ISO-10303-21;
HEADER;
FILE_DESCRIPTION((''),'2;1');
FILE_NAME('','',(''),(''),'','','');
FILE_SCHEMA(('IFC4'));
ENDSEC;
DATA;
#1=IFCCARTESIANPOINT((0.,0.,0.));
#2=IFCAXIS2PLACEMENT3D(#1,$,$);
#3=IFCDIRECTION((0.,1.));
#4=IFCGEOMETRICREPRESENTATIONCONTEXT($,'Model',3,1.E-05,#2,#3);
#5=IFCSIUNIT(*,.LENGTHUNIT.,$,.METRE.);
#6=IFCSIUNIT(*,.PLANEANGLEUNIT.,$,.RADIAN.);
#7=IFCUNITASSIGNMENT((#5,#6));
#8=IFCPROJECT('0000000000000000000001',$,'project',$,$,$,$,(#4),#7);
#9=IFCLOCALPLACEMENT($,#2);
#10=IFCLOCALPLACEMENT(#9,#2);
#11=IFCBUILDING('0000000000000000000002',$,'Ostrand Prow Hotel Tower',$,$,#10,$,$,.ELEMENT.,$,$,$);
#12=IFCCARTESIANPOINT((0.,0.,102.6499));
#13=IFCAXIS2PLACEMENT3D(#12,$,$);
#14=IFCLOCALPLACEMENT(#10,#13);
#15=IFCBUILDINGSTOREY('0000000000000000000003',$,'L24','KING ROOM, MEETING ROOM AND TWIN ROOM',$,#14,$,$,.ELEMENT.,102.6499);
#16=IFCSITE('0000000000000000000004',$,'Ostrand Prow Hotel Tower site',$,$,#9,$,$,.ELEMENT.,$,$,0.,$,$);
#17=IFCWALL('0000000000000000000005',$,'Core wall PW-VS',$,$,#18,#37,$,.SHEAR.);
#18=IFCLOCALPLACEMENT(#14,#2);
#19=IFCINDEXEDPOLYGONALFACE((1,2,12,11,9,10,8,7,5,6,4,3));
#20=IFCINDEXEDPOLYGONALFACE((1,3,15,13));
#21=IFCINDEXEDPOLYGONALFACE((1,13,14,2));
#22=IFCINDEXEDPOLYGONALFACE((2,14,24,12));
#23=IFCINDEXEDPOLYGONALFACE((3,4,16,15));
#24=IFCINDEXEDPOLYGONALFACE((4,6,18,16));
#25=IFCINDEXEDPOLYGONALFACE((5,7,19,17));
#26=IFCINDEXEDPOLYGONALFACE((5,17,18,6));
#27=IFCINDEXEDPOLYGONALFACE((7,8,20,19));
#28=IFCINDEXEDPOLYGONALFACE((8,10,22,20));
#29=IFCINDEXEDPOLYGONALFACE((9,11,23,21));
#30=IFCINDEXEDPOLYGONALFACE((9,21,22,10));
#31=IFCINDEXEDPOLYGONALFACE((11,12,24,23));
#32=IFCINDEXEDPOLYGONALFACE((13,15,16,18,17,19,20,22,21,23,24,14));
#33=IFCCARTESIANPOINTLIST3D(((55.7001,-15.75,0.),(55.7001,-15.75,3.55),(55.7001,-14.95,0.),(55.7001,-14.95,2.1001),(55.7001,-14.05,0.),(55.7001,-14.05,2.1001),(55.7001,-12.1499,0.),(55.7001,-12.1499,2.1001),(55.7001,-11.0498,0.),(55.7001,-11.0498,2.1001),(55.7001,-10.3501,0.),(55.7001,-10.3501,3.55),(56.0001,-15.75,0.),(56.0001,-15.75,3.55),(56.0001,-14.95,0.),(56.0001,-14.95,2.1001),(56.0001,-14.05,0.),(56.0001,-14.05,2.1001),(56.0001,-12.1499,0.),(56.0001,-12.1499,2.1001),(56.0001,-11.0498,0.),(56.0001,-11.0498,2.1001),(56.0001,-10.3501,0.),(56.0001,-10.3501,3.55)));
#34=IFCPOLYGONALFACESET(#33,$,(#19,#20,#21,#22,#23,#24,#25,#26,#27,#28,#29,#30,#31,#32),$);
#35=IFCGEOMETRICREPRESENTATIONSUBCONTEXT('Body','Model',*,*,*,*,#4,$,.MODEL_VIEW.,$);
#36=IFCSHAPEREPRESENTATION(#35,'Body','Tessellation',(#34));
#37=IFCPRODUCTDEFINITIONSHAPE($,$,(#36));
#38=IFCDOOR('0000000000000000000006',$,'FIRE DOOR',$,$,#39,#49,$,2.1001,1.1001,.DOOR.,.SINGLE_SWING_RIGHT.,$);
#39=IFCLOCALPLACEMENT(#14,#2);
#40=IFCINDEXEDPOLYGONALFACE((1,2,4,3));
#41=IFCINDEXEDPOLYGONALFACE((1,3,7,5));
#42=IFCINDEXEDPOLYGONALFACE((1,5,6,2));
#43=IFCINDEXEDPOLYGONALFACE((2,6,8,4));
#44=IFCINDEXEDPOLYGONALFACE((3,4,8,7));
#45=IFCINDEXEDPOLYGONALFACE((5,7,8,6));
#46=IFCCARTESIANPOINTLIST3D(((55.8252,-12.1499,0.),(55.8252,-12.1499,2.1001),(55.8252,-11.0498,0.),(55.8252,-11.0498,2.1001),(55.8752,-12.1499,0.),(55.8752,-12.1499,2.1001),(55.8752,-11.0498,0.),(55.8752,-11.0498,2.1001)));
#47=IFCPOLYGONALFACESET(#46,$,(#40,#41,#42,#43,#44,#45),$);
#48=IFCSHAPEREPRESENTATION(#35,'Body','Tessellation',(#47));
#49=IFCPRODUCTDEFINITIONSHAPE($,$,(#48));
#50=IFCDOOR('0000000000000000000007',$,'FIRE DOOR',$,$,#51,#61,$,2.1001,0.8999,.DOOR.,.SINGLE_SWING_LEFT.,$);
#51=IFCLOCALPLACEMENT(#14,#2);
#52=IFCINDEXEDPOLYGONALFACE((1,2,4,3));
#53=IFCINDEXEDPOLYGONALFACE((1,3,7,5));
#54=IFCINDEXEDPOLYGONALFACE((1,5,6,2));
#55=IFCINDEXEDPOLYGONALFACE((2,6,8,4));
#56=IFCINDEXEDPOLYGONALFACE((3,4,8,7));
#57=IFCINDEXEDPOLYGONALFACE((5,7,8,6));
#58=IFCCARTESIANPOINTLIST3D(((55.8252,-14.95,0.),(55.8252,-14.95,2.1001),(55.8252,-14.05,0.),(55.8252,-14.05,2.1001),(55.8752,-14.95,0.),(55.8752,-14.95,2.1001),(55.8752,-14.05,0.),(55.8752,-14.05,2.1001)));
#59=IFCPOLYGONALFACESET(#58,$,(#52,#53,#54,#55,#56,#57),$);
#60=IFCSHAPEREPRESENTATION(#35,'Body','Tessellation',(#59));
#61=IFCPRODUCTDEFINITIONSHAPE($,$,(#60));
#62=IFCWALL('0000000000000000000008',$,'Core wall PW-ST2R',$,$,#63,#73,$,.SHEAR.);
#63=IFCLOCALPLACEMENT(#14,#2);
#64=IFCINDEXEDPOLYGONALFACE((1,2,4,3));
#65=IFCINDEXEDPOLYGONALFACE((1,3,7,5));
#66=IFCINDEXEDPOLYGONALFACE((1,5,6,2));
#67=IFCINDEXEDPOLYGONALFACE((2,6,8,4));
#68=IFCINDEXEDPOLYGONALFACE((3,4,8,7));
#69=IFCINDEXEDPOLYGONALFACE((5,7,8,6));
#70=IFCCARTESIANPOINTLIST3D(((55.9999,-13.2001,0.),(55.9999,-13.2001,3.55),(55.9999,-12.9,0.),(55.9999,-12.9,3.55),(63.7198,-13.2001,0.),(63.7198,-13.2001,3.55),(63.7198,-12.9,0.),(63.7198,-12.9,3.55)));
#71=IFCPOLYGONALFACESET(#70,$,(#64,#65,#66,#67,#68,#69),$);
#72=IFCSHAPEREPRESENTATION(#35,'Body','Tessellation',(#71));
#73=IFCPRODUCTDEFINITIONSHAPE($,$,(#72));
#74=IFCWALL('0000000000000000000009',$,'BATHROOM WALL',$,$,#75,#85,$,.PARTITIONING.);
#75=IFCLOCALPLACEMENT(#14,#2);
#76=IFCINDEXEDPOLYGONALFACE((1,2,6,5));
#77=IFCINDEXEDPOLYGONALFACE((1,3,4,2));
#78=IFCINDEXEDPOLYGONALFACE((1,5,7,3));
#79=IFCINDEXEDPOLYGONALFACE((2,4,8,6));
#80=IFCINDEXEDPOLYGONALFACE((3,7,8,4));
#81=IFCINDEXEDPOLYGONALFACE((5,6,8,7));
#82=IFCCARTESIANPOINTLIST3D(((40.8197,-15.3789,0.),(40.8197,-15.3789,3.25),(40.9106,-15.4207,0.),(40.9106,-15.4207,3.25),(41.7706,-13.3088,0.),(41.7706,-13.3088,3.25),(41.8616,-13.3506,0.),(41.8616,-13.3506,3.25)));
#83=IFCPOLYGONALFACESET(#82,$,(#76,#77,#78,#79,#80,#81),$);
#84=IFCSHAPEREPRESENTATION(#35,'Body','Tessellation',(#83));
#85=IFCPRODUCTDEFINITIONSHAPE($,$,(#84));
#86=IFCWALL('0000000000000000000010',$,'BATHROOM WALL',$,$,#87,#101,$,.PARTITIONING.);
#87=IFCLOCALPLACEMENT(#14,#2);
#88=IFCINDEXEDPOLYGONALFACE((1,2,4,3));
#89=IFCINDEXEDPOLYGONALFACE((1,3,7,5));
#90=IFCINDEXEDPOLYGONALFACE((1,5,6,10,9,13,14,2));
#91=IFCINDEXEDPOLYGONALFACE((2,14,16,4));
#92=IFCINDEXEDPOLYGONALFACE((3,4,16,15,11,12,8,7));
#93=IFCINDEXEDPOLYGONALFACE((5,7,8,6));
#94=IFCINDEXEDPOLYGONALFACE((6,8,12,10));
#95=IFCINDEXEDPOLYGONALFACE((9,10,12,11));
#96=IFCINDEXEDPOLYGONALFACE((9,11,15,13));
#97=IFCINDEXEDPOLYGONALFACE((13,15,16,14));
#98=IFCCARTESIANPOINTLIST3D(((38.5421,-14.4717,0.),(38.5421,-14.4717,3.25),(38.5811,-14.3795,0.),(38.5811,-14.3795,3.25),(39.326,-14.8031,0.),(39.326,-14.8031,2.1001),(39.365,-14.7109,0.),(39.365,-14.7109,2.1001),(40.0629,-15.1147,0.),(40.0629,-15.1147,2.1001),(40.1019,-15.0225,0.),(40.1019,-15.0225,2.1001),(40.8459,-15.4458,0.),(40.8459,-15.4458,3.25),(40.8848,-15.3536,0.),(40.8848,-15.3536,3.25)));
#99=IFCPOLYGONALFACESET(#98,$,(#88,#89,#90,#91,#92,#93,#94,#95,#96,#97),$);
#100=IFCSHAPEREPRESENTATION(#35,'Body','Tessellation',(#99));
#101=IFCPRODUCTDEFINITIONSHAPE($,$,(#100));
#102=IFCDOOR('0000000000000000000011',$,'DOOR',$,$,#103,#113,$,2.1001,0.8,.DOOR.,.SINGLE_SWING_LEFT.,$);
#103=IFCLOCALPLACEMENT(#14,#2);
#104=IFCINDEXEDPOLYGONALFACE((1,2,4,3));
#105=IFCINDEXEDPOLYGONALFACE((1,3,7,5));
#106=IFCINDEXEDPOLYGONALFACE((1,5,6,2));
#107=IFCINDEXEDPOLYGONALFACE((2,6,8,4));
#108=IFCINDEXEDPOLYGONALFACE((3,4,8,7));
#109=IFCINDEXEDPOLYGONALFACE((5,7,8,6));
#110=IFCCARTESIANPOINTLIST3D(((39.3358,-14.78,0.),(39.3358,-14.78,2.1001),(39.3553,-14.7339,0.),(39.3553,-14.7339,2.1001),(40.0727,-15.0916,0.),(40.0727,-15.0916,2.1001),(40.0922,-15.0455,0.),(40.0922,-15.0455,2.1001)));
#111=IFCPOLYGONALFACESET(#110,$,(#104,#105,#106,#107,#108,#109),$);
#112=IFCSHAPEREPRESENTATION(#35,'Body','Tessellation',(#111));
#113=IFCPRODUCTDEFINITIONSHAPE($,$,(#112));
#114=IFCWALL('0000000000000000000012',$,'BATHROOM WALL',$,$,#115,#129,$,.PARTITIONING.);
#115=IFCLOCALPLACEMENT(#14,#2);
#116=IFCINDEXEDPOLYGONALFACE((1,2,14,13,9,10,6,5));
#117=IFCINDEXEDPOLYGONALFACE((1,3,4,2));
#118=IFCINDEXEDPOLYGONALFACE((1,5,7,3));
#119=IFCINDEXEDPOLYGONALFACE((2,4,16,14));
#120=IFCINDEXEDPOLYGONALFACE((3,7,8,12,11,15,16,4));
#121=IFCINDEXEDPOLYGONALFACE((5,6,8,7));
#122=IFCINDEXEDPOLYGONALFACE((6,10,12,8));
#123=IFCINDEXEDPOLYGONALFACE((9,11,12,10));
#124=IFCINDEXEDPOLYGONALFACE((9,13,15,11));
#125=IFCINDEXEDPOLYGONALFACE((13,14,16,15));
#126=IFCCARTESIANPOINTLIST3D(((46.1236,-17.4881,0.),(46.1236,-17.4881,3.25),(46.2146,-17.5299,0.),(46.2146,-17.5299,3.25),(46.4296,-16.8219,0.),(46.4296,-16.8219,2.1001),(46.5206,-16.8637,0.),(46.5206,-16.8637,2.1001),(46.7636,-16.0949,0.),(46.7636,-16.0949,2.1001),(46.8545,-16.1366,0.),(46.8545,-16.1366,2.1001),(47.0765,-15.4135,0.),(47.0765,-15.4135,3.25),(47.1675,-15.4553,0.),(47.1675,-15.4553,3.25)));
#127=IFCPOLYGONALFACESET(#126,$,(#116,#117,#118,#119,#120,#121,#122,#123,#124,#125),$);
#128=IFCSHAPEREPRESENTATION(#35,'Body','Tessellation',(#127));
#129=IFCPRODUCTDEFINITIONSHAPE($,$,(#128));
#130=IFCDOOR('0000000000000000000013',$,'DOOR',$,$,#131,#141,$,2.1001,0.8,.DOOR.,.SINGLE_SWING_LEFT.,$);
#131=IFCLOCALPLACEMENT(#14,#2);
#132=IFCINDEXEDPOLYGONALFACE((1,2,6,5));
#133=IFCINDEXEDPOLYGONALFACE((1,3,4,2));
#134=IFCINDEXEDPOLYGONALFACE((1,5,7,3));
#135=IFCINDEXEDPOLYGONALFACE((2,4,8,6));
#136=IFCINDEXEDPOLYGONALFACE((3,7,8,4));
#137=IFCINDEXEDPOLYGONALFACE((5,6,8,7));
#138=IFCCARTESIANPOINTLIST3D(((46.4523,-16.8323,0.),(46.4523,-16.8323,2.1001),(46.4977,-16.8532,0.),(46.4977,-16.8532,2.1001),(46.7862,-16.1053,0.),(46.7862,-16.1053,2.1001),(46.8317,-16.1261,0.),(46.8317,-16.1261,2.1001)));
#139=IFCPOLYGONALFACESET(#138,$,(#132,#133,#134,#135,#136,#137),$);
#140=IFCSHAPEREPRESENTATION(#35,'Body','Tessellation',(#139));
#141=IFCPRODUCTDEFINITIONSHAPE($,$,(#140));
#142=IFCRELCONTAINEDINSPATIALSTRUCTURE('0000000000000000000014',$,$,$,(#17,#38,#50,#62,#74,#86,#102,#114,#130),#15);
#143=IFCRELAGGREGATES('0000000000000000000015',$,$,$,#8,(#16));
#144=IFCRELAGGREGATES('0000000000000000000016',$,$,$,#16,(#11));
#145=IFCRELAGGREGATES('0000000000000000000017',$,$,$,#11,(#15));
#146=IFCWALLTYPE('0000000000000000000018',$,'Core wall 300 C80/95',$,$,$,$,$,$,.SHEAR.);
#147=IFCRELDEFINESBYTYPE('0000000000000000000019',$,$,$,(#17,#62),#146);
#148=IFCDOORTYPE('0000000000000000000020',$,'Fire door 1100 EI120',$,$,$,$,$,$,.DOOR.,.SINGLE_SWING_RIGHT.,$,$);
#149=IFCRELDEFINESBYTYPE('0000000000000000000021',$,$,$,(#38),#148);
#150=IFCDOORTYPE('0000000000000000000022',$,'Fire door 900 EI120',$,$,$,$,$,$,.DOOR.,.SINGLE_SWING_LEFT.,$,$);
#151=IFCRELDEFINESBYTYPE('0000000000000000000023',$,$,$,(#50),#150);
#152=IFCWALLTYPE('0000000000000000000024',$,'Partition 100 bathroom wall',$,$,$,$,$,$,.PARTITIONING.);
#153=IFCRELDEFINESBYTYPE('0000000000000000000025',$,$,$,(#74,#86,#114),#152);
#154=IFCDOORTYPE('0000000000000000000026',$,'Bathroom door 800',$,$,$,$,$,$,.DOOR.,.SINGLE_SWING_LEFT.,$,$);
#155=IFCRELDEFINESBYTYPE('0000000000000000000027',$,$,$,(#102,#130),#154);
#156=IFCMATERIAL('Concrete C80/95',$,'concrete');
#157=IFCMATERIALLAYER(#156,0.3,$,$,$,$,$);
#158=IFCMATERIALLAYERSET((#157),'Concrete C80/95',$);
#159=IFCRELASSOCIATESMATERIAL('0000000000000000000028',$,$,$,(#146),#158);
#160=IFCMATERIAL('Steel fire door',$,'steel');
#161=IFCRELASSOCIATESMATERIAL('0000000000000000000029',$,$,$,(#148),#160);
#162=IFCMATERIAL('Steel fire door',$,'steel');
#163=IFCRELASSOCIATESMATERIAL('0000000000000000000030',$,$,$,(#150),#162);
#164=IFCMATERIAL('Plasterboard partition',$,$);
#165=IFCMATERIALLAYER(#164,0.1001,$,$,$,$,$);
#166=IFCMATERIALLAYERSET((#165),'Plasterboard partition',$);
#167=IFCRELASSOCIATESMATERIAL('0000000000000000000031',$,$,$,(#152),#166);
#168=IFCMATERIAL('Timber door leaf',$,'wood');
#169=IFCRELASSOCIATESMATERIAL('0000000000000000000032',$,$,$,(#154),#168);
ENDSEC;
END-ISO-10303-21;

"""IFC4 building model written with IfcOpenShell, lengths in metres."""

from ifc_helpers import new_model, si_unit, direction, frame, frame_2d, origin, place, context, subcontext, project, spatial, rectangle, extrude, material, layer, layer_set, type_object, element, fill, save


model = new_model("IFC4")

# Units and contexts
model_context = context("Model", 3, precision=1e-05, world=origin(), true_north=direction((0.0, 1.0)))
body_context = subcontext(model_context, "Body", "Model", "MODEL_VIEW")
ifc_project = project(units=[si_unit("LENGTHUNIT", "METRE"), si_unit("PLANEANGLEUNIT", "RADIAN")], contexts=[model_context])

# Site, building, storey
site_placement = place(None, origin())
site = spatial("IfcSite", under=ifc_project, at=site_placement, Name="Ostrand Prow Hotel Tower site", CompositionType="ELEMENT", RefElevation=0.0)
building_placement = place(site_placement, origin())
building = spatial("IfcBuilding", under=site, at=building_placement, Name="Ostrand Prow Hotel Tower", CompositionType="ELEMENT")
storey_placement = place(building_placement, frame((0.0, 0.0, 102.6499)))
storey = spatial("IfcBuildingStorey", under=building, at=storey_placement, Name="L24", Description="KING ROOM, MEETING ROOM AND TWIN ROOM", CompositionType="ELEMENT", Elevation=102.6499)

# Wall, openings, doors
ifc_material_1 = material(Name="Concrete C80/95", Category="concrete")
ifc_layer_1 = layer(ifc_material_1, 0.3)
ifc_layer_set_1 = layer_set([ifc_layer_1], Name="Concrete C80/95")
wall_type_1 = type_object("IfcWallType", Name="Core wall 300 C80/95", PredefinedType="SHEAR", material=ifc_layer_set_1)
wall_1_placement = place(storey_placement, frame((55.8501, -15.75, 0.0), z_axis=(0.0, 0.0, 1.0), x_axis=(0.0, 1.0, 0.0)))
wall_1 = element("IfcWall", 1, at=wall_1_placement, inside=storey, type_object=wall_type_1, Name="Core wall PW-VS", PredefinedType="SHEAR", context=body_context, shape_type="SweptSolid", body=[
    extrude(rectangle(XDim=5.3999, YDim=0.3, at=frame_2d((2.7, 0.0))), origin(), (0.0, 0.0, 1.0), 3.55),
])
opening_1_placement = place(wall_1_placement, frame((3.6001, 0.0, 0.0)))
opening_1 = element("IfcOpeningElement", 2, at=opening_1_placement, cuts=wall_1, PredefinedType="OPENING", context=body_context, shape_type="SweptSolid", body=[
    extrude(rectangle(XDim=1.1001, YDim=2.1001, at=frame_2d((0.55, 1.05))), frame((0.0, 0.1599, 0.0), z_axis=(0.0, -1.0, 0.0), x_axis=(1.0, 0.0, 0.0)), (0.0, 0.0, 1.0), 0.3201),
])
opening_2_placement = place(wall_1_placement, frame((0.8, 0.0, 0.0)))
opening_2 = element("IfcOpeningElement", 3, at=opening_2_placement, cuts=wall_1, PredefinedType="OPENING", context=body_context, shape_type="SweptSolid", body=[
    extrude(rectangle(XDim=0.8999, YDim=2.1001, at=frame_2d((0.45, 1.05))), frame((0.0, 0.1599, 0.0), z_axis=(0.0, -1.0, 0.0), x_axis=(1.0, 0.0, 0.0)), (0.0, 0.0, 1.0), 0.3201),
])
ifc_material_2 = material(Name="Steel fire door", Category="steel")
door_type_1 = type_object("IfcDoorType", Name="Fire door 1100 EI120", OperationType="SINGLE_SWING_RIGHT", PredefinedType="DOOR", material=ifc_material_2)
door_1_placement = place(opening_1_placement, origin())
door_1 = element("IfcDoor", 4, at=door_1_placement, inside=storey, type_object=door_type_1, Name="FIRE DOOR", OperationType="SINGLE_SWING_RIGHT", OverallHeight=2.1001, OverallWidth=1.1001, PredefinedType="DOOR", context=body_context, shape_type="SweptSolid", body=[
    extrude(rectangle(XDim=1.1001, YDim=2.1001, at=frame_2d((0.55, 1.05))), frame((0.0, 0.0249, 0.0), z_axis=(0.0, -1.0, 0.0), x_axis=(1.0, 0.0, 0.0)), (0.0, 0.0, 1.0), 0.05),
])
fill(opening_1, door_1)
ifc_material_3 = material(Name="Steel fire door", Category="steel")
door_type_2 = type_object("IfcDoorType", Name="Fire door 900 EI120", OperationType="SINGLE_SWING_LEFT", PredefinedType="DOOR", material=ifc_material_3)
door_2_placement = place(opening_2_placement, origin())
door_2 = element("IfcDoor", 5, at=door_2_placement, inside=storey, type_object=door_type_2, Name="FIRE DOOR", OperationType="SINGLE_SWING_LEFT", OverallHeight=2.1001, OverallWidth=0.8999, PredefinedType="DOOR", context=body_context, shape_type="SweptSolid", body=[
    extrude(rectangle(XDim=0.8999, YDim=2.1001, at=frame_2d((0.45, 1.05))), frame((0.0, 0.0249, 0.0), z_axis=(0.0, -1.0, 0.0), x_axis=(1.0, 0.0, 0.0)), (0.0, 0.0, 1.0), 0.05),
])
fill(opening_2, door_2)

# Walls
wall_2_placement = place(storey_placement, frame((56.0, -13.05, 0.0), z_axis=(0.0, 0.0, 1.0), x_axis=(1.0, 0.0, 0.0)))
element("IfcWall", 6, at=wall_2_placement, inside=storey, type_object=wall_type_1, Name="Core wall PW-ST2R", PredefinedType="SHEAR", context=body_context, shape_type="SweptSolid", body=[
    extrude(rectangle(XDim=7.72, YDim=0.3, at=frame_2d((3.8599, 0.0))), origin(), (0.0, 0.0, 1.0), 3.55),
])
ifc_material_4 = material(Name="Plasterboard partition")
ifc_layer_2 = layer(ifc_material_4, 0.1001)
ifc_layer_set_2 = layer_set([ifc_layer_2], Name="Plasterboard partition")
wall_type_2 = type_object("IfcWallType", Name="Partition 100 bathroom wall", PredefinedType="PARTITIONING", material=ifc_layer_set_2)
wall_3_placement = place(storey_placement, frame((41.8162, -13.3296, 0.0), z_axis=(0.0, 0.0, 1.0), x_axis=(-0.417433, -0.908708, 0.0)))
element("IfcWall", 7, at=wall_3_placement, inside=storey, type_object=wall_type_2, Name="BATHROOM WALL", PredefinedType="PARTITIONING", context=body_context, shape_type="SweptSolid", body=[
    extrude(rectangle(XDim=2.2781, YDim=0.1001, at=frame_2d((1.1392, 0.0))), origin(), (0.0, 0.0, 1.0), 3.25),
])

# Walls, openings, doors
wall_4_placement = place(storey_placement, frame((40.8652, -15.3997, 0.0), z_axis=(0.0, 0.0, 1.0), x_axis=(-0.921043, 0.389462, 0.0)))
wall_4 = element("IfcWall", 8, at=wall_4_placement, inside=storey, type_object=wall_type_2, Name="BATHROOM WALL", PredefinedType="PARTITIONING", context=body_context, shape_type="SweptSolid", body=[
    extrude(rectangle(XDim=2.5012, YDim=0.1001, at=frame_2d((1.2505, 0.0))), origin(), (0.0, 0.0, 1.0), 3.25),
])
opening_3_placement = place(wall_4_placement, frame((0.8501, 0.0, 0.0)))
opening_3 = element("IfcOpeningElement", 9, at=opening_3_placement, cuts=wall_4, PredefinedType="OPENING", context=body_context, shape_type="SweptSolid", body=[
    extrude(rectangle(XDim=0.8, YDim=2.1001, at=frame_2d((0.3999, 1.05))), frame((0.0, 0.0601, 0.0), z_axis=(0.0, -1.0, 0.0), x_axis=(1.0, 0.0, 0.0)), (0.0, 0.0, 1.0), 0.1201),
])
ifc_material_5 = material(Name="Timber door leaf", Category="wood")
door_type_3 = type_object("IfcDoorType", Name="Bathroom door 800", OperationType="SINGLE_SWING_LEFT", PredefinedType="DOOR", material=ifc_material_5)
door_3_placement = place(opening_3_placement, origin())
door_3 = element("IfcDoor", 10, at=door_3_placement, inside=storey, type_object=door_type_3, Name="DOOR", OperationType="SINGLE_SWING_LEFT", OverallHeight=2.1001, OverallWidth=0.8, PredefinedType="DOOR", context=body_context, shape_type="SweptSolid", body=[
    extrude(rectangle(XDim=0.8, YDim=2.1001, at=frame_2d((0.3999, 1.05))), frame((0.0, 0.0249, 0.0), z_axis=(0.0, -1.0, 0.0), x_axis=(1.0, 0.0, 0.0)), (0.0, 0.0, 1.0), 0.05),
])
fill(opening_3, door_3)
wall_5_placement = place(storey_placement, frame((47.1221, -15.4343, 0.0), z_axis=(0.0, 0.0, 1.0), x_axis=(-0.417409, -0.908719, 0.0)))
wall_5 = element("IfcWall", 11, at=wall_5_placement, inside=storey, type_object=wall_type_2, Name="BATHROOM WALL", PredefinedType="PARTITIONING", context=body_context, shape_type="SweptSolid", body=[
    extrude(rectangle(XDim=2.283, YDim=0.1001, at=frame_2d((1.1416, 0.0))), origin(), (0.0, 0.0, 1.0), 3.25),
])
opening_4_placement = place(wall_5_placement, frame((0.75, 0.0, 0.0)))
opening_4 = element("IfcOpeningElement", 12, at=opening_4_placement, cuts=wall_5, PredefinedType="OPENING", context=body_context, shape_type="SweptSolid", body=[
    extrude(rectangle(XDim=0.8, YDim=2.1001, at=frame_2d((0.3999, 1.05))), frame((0.0, 0.0601, 0.0), z_axis=(0.0, -1.0, 0.0), x_axis=(1.0, 0.0, 0.0)), (0.0, 0.0, 1.0), 0.1201),
])
door_4_placement = place(opening_4_placement, origin())
door_4 = element("IfcDoor", 13, at=door_4_placement, inside=storey, type_object=door_type_3, Name="DOOR", OperationType="SINGLE_SWING_LEFT", OverallHeight=2.1001, OverallWidth=0.8, PredefinedType="DOOR", context=body_context, shape_type="SweptSolid", body=[
    extrude(rectangle(XDim=0.8, YDim=2.1001, at=frame_2d((0.3999, 1.05))), frame((0.0, 0.0249, 0.0), z_axis=(0.0, -1.0, 0.0), x_axis=(1.0, 0.0, 0.0)), (0.0, 0.0, 1.0), 0.05),
])
fill(opening_4, door_4)

save(model, "model.ifc")
